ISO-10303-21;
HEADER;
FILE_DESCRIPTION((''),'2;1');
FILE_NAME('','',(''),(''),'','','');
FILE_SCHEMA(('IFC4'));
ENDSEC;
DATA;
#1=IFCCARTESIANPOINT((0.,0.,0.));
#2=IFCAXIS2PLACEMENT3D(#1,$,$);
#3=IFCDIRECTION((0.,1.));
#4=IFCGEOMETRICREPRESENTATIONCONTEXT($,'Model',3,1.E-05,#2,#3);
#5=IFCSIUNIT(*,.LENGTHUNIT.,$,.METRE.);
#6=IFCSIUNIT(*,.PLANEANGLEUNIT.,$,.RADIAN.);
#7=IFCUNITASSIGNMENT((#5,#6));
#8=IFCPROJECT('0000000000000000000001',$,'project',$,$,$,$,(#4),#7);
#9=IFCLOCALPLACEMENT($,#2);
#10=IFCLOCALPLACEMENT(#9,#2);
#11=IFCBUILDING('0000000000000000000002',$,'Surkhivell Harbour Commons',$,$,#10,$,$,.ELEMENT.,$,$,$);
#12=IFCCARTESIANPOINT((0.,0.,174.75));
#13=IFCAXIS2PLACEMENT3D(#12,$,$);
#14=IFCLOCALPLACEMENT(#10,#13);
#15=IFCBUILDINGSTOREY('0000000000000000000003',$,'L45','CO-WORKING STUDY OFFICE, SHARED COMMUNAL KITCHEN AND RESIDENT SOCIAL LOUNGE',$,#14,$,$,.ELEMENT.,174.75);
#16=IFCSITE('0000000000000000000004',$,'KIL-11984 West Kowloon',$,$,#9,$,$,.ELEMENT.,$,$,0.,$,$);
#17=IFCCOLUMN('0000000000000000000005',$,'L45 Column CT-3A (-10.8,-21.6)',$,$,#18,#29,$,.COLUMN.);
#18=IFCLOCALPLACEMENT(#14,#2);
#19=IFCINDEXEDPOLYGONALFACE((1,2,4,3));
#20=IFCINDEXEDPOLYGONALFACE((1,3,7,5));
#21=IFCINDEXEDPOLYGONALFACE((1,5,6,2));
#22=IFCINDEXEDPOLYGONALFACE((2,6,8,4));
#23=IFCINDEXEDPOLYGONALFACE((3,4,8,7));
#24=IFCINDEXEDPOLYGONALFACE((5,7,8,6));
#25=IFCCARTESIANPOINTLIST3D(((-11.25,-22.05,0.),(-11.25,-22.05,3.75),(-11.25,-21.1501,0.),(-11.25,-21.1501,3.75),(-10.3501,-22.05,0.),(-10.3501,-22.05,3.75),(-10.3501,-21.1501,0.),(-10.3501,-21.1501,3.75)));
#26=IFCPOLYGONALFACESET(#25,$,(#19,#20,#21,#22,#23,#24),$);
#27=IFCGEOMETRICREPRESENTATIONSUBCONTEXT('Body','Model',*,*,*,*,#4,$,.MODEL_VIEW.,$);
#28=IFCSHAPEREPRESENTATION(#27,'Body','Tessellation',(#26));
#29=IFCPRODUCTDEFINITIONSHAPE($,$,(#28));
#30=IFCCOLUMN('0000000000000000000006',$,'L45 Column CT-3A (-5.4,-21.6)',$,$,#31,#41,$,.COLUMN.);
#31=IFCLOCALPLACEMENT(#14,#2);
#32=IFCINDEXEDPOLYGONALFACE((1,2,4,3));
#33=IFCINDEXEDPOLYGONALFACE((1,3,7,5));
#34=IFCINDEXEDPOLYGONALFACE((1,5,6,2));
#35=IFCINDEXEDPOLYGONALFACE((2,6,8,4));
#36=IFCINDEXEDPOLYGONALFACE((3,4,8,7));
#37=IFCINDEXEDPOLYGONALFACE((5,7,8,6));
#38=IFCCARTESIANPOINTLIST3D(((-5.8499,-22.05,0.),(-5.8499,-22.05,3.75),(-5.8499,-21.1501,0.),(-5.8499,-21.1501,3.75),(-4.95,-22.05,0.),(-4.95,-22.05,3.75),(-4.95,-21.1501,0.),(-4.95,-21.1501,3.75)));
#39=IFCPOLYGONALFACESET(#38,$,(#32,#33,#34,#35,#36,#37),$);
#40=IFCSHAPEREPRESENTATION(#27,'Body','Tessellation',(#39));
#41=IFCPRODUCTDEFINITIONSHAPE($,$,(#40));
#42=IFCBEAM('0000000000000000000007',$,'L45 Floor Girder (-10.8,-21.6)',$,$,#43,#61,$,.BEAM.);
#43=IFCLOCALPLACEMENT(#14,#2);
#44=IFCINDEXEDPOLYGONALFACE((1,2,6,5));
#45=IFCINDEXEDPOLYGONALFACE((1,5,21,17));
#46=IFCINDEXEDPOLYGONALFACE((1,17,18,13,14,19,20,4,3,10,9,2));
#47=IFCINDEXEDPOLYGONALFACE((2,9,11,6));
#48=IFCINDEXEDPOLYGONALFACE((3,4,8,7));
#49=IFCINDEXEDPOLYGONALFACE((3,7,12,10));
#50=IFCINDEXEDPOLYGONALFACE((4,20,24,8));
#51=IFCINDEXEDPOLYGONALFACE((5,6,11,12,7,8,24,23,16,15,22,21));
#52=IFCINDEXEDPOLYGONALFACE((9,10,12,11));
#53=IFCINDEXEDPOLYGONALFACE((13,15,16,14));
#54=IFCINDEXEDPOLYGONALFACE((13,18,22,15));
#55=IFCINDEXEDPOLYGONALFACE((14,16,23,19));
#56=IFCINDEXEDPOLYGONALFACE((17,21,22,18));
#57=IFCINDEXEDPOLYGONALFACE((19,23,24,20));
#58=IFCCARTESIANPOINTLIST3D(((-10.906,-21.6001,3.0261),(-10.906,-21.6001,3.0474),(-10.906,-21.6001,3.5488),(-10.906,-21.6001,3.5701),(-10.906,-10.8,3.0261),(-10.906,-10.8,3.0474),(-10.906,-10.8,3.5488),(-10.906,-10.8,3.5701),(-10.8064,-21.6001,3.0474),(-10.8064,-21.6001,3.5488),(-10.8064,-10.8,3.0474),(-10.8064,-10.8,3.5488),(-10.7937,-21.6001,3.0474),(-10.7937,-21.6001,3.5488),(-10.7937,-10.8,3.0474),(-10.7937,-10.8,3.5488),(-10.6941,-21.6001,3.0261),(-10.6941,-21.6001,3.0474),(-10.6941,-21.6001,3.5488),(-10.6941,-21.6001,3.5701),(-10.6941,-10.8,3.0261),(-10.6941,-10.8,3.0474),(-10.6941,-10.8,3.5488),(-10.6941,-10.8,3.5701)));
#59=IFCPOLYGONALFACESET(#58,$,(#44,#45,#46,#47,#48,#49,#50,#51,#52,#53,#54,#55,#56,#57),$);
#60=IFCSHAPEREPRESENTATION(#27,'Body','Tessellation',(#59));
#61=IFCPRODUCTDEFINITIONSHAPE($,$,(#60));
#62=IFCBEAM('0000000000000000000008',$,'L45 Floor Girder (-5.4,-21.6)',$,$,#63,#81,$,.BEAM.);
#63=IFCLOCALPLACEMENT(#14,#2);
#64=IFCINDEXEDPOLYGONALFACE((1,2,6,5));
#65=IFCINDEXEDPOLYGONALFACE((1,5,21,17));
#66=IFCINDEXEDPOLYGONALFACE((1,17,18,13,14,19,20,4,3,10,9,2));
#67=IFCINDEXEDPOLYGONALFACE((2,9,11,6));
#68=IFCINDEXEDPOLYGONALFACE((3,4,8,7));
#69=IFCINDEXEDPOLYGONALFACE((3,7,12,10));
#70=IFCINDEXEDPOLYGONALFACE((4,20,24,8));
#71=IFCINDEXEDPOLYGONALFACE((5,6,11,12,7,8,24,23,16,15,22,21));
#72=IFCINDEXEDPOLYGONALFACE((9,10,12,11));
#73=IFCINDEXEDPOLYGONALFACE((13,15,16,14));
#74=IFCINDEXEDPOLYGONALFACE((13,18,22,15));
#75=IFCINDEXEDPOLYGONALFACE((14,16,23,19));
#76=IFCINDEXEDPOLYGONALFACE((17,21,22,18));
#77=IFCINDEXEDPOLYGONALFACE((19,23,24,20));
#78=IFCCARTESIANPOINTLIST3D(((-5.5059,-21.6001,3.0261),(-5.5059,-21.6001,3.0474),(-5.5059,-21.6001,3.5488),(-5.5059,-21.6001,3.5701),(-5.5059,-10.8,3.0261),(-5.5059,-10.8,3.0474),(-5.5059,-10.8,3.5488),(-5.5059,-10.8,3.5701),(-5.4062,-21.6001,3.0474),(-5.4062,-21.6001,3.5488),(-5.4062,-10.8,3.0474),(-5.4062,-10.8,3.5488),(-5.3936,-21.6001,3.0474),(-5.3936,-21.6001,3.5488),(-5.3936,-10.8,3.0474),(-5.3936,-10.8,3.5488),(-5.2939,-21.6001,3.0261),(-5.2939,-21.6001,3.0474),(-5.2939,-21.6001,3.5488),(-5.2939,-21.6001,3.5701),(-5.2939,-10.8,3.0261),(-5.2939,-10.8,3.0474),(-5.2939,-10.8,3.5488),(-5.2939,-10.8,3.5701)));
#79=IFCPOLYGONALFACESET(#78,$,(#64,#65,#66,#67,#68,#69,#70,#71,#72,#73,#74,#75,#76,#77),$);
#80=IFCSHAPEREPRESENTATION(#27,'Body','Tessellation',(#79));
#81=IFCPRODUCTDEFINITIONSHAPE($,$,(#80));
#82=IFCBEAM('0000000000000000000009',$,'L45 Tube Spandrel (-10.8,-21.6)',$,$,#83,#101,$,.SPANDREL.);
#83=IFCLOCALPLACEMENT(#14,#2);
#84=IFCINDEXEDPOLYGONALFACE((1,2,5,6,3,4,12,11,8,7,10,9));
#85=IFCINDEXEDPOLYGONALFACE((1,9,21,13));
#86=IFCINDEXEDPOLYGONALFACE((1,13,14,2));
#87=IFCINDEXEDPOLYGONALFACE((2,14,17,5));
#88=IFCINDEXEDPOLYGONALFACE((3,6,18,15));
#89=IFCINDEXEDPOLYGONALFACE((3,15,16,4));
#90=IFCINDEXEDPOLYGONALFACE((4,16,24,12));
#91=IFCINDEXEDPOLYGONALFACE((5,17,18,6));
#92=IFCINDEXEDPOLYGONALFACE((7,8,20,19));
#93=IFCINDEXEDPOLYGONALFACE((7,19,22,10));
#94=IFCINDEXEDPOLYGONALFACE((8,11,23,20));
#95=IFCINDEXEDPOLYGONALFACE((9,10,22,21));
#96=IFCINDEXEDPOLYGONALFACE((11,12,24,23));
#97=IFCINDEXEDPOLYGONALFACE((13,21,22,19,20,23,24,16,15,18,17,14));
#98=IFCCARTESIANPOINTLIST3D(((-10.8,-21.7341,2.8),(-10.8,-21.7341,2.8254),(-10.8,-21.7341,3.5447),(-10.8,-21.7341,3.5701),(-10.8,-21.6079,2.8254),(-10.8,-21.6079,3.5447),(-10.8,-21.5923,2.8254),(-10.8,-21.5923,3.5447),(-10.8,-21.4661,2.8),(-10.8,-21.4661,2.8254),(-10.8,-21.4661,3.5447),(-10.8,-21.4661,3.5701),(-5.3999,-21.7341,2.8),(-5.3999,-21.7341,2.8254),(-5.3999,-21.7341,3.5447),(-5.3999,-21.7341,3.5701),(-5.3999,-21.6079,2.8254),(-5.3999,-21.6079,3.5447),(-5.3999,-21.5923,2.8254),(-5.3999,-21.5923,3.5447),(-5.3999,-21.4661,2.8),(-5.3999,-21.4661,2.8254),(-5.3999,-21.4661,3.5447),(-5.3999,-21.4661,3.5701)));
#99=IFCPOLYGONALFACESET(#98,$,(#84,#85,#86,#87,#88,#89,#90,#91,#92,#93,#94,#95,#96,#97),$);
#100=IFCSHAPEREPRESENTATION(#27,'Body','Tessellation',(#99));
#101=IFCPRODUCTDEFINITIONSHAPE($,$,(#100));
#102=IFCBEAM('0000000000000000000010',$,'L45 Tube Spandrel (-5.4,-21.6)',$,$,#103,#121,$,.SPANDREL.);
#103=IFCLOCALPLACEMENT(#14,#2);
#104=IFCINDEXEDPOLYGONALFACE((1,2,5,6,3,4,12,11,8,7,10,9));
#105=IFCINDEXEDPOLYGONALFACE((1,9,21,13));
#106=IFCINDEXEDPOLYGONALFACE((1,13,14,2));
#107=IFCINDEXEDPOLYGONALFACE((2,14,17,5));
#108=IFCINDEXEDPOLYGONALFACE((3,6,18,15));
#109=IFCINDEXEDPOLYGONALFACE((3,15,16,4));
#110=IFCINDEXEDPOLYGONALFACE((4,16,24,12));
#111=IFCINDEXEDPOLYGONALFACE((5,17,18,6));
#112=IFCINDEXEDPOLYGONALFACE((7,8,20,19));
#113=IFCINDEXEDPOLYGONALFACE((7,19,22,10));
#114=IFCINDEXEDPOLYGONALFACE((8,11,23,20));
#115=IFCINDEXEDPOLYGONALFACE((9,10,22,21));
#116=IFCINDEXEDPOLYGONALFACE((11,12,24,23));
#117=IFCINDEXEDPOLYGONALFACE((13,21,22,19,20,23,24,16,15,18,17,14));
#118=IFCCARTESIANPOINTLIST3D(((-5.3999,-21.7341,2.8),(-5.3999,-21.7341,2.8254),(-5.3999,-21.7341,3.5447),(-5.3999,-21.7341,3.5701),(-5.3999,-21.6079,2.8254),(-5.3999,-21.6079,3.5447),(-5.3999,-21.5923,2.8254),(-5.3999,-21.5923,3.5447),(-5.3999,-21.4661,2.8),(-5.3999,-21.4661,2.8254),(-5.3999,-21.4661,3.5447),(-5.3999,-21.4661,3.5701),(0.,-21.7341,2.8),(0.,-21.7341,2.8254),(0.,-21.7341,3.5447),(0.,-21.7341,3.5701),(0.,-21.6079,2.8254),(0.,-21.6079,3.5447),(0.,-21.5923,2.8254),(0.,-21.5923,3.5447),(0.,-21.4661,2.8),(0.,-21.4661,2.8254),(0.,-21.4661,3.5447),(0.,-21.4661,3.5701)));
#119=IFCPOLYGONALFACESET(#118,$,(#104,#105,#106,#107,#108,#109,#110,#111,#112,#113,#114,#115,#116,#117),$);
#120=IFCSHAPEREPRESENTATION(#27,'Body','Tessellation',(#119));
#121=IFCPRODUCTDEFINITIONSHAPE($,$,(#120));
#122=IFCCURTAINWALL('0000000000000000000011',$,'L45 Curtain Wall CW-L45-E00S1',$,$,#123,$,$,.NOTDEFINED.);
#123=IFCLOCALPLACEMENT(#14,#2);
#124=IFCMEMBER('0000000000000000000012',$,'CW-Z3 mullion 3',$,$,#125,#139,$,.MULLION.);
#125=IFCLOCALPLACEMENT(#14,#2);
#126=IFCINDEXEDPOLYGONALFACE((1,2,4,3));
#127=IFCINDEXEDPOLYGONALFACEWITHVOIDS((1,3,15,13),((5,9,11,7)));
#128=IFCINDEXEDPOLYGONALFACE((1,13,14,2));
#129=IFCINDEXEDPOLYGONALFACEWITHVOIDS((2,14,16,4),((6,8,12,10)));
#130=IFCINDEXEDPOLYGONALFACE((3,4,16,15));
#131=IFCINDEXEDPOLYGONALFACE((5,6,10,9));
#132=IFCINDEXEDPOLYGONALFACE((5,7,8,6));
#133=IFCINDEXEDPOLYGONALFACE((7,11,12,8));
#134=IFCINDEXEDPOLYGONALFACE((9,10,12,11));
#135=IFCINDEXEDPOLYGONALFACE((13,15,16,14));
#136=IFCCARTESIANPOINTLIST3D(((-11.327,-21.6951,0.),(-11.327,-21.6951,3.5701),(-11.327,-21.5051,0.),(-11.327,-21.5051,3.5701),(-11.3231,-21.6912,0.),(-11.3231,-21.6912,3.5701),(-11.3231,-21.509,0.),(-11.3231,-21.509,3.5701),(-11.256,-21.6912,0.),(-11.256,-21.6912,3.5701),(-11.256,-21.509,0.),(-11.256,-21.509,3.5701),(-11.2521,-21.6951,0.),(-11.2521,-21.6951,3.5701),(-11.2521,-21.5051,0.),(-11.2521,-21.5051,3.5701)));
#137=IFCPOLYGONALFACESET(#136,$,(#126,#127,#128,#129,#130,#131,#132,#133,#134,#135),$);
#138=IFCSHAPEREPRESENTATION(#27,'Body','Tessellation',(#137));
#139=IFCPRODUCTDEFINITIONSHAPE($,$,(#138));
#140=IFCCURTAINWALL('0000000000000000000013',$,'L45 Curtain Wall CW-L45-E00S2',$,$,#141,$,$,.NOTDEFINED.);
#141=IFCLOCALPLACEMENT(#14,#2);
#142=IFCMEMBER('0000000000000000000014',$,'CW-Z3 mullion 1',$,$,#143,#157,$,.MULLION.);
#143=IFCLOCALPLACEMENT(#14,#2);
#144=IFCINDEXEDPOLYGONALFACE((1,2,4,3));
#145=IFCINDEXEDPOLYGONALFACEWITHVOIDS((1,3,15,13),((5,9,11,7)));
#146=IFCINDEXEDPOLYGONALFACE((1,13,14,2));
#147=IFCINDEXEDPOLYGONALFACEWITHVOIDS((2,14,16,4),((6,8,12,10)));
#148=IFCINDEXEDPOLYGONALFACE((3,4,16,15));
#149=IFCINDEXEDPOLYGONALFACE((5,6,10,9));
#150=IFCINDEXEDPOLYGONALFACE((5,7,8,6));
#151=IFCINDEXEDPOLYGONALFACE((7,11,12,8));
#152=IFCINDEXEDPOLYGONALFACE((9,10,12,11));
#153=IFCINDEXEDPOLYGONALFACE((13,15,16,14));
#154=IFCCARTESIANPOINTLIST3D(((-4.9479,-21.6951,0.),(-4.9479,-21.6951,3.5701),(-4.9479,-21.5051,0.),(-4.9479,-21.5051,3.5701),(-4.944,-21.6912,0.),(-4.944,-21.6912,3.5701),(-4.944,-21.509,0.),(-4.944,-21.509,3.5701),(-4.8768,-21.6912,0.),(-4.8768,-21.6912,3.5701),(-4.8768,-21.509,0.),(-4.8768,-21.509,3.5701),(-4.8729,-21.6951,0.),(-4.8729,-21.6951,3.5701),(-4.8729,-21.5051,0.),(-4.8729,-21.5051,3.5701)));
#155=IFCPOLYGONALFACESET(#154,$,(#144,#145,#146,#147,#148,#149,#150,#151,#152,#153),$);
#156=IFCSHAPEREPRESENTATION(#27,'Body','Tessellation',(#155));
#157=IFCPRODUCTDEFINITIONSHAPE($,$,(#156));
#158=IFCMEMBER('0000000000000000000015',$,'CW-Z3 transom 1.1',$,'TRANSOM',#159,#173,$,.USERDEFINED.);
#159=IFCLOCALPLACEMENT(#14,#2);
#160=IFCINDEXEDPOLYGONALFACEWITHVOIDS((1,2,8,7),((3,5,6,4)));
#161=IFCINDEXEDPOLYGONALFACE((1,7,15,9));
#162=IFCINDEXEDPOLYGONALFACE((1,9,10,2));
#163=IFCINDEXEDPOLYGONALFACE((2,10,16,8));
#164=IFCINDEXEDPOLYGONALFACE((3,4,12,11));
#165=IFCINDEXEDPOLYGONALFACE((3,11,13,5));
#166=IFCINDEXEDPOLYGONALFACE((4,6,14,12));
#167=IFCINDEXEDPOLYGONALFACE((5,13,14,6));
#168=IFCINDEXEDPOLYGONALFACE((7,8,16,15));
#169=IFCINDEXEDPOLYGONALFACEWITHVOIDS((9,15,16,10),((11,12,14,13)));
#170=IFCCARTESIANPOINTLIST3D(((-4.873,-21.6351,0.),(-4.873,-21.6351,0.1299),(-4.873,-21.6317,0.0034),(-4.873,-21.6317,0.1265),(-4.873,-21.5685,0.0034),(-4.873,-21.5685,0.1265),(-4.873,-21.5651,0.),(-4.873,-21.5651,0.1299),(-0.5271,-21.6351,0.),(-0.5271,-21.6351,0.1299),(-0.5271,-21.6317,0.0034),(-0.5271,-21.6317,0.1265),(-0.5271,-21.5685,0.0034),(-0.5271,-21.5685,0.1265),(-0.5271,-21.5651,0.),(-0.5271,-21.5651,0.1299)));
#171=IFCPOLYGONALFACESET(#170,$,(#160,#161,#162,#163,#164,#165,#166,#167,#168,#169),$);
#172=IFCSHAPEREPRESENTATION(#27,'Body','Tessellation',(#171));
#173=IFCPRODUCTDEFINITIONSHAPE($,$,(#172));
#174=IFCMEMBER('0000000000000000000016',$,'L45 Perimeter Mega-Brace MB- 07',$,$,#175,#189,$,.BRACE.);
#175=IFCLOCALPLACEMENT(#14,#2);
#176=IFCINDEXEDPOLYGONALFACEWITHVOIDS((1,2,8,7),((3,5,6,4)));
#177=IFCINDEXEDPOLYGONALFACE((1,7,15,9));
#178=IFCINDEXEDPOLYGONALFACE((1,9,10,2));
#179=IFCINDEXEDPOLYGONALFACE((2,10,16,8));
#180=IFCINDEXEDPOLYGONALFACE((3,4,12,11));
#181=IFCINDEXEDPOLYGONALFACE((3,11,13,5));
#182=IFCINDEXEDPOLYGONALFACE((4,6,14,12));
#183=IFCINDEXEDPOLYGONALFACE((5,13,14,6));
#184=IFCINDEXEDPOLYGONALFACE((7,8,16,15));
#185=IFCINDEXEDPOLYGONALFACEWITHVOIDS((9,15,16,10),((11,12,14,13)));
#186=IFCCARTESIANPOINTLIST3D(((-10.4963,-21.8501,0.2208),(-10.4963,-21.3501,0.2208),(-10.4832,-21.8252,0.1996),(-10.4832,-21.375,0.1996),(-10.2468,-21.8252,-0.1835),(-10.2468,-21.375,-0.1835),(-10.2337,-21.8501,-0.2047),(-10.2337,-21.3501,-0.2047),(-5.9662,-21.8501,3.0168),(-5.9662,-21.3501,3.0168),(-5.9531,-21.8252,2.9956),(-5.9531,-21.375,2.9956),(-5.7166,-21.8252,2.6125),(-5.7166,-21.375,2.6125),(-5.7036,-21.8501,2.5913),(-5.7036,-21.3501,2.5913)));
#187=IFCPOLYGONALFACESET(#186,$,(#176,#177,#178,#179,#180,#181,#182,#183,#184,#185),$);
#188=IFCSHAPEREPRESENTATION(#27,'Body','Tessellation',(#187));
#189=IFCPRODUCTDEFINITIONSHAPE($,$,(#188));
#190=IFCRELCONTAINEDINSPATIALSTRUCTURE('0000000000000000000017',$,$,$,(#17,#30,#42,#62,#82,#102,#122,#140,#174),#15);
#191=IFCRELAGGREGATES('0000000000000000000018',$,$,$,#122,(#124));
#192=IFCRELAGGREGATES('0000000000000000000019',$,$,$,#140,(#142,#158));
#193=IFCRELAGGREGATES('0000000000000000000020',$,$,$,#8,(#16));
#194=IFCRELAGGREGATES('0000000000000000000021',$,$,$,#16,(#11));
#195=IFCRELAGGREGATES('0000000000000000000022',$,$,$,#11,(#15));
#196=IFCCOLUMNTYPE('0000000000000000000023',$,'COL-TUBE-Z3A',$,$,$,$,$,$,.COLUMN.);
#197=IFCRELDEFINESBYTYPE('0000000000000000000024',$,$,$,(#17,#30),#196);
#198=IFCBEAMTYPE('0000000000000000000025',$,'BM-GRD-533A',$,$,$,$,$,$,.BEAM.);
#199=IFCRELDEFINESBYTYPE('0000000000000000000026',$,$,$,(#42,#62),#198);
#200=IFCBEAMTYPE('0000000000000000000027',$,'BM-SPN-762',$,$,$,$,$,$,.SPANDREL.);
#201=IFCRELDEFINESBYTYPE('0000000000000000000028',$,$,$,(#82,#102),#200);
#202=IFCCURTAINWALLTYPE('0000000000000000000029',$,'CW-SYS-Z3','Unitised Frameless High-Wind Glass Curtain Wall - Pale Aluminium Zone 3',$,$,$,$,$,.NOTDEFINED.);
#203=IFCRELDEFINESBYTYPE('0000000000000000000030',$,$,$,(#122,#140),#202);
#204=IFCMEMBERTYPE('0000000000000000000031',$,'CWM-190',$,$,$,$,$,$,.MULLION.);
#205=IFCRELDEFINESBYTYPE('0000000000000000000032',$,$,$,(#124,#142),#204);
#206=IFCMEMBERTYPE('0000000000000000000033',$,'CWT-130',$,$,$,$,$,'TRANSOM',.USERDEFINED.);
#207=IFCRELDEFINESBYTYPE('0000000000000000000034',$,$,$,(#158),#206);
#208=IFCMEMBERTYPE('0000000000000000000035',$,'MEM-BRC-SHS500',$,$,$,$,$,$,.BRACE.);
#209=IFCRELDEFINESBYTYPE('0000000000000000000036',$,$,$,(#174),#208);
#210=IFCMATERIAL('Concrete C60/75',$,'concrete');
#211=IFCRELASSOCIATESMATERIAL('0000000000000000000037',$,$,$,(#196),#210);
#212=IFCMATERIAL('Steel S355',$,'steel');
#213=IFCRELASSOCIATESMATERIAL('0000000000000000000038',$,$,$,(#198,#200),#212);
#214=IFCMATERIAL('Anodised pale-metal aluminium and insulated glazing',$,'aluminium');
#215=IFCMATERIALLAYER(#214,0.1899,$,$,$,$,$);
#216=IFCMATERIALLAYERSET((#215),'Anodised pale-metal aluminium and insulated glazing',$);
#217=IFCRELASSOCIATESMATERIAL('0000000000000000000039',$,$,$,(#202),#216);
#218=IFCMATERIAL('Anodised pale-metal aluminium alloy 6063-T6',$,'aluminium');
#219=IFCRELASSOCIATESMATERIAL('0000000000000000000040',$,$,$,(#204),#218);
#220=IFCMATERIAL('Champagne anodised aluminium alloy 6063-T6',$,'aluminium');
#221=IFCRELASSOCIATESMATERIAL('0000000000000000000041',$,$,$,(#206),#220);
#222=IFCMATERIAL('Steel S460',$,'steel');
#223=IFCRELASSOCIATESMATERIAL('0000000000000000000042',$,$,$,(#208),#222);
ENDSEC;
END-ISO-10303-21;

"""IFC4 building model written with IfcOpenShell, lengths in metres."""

from ifc_helpers import new_model, si_unit, direction, frame, origin, origin_2d, place, context, subcontext, project, spatial, rectangle, hollow_rectangle, i_section, extrude, material, layer, layer_set, material_profile, profile_set, type_object, element, aggregate, save


model = new_model("IFC4")

# Units and contexts
model_context = context("Model", 3, precision=1e-05, world=origin(), true_north=direction((0.0, 1.0)))
body_context = subcontext(model_context, "Body", "Model", "MODEL_VIEW")
ifc_project = project(units=[si_unit("LENGTHUNIT", "METRE"), si_unit("PLANEANGLEUNIT", "RADIAN")], contexts=[model_context])

# Site, building, storey
site_placement = place(None, origin())
site = spatial("IfcSite", under=ifc_project, at=site_placement, Name="KIL-11984 West Kowloon", CompositionType="ELEMENT", RefElevation=0.0)
building_placement = place(site_placement, origin())
building = spatial("IfcBuilding", under=site, at=building_placement, Name="Surkhivell Harbour Commons", CompositionType="ELEMENT")
storey_placement = place(building_placement, frame((0.0, 0.0, 174.75)))
storey = spatial("IfcBuildingStorey", under=building, at=storey_placement, Name="L45", Description="CO-WORKING STUDY OFFICE, SHARED COMMUNAL KITCHEN AND RESIDENT SOCIAL LOUNGE", CompositionType="ELEMENT", Elevation=174.75)

# Columns
ifc_material_1 = material(Name="Concrete C60/75", Category="concrete")
ifc_material_profile_1 = material_profile(ifc_material_1, rectangle(XDim=0.8999, YDim=0.8999, at=origin_2d()), Name="RC-COL-900x900")
ifc_profile_set_1 = profile_set([ifc_material_profile_1], Name="Concrete C60/75")
column_type = type_object("IfcColumnType", Name="COL-TUBE-Z3A", PredefinedType="COLUMN", material=ifc_profile_set_1)
for number, where, z_axis, x_axis, name in (
    (1, (-10.8, -21.6001, 0.0), (0.0, 0.0, 1.0), (1.0, 0.0, 0.0), "L45 Column CT-3A (-10.8,-21.6)"),
    (2, (-5.3999, -21.6001, 0.0), (0.0, 0.0, 1.0), (1.0, 0.0, 0.0), "L45 Column CT-3A (-5.4,-21.6)"),
):
    element("IfcColumn", number, at=place(storey_placement, frame(where, z_axis=z_axis, x_axis=x_axis)), inside=storey, type_object=column_type, Name=name, PredefinedType="COLUMN", context=body_context, shape_type="SweptSolid", body=[
        extrude(rectangle(XDim=0.8999, YDim=0.8999, at=origin_2d()), origin(), (0.0, 0.0, 1.0), 3.75),
    ])

# Beams
ifc_material_2 = material(Name="Steel S355", Category="steel")
ifc_material_profile_2 = material_profile(ifc_material_2, i_section(OverallWidth=0.2119, OverallDepth=0.5439, WebThickness=0.0127, FlangeThickness=0.0212, at=origin_2d()), Name="UB533x210x122")
ifc_profile_set_2 = profile_set([ifc_material_profile_2], Name="Steel S355")
beam_type_1 = type_object("IfcBeamType", Name="BM-GRD-533A", PredefinedType="BEAM", material=ifc_profile_set_2)
for number, where, z_axis, x_axis, name in (
    (3, (-10.8, -21.6001, 3.2981), (0.0, 1.0, 0.0), (-1.0, 0.0, 0.0), "L45 Floor Girder (-10.8,-21.6)"),
    (4, (-5.3999, -21.6001, 3.2981), (0.0, 1.0, 0.0), (-1.0, 0.0, 0.0), "L45 Floor Girder (-5.4,-21.6)"),
):
    element("IfcBeam", number, at=place(storey_placement, frame(where, z_axis=z_axis, x_axis=x_axis)), inside=storey, type_object=beam_type_1, Name=name, PredefinedType="BEAM", context=body_context, shape_type="SweptSolid", body=[
        extrude(i_section(OverallWidth=0.2119, OverallDepth=0.5439, WebThickness=0.0127, FlangeThickness=0.0212, at=origin_2d()), origin(), (0.0, 0.0, 1.0), 10.8),
    ])
ifc_material_profile_3 = material_profile(ifc_material_2, i_section(OverallWidth=0.2681, OverallDepth=0.77, WebThickness=0.0156, FlangeThickness=0.0254, at=origin_2d()), Name="UB762x267x197")
ifc_profile_set_3 = profile_set([ifc_material_profile_3], Name="Steel S355")
beam_type_2 = type_object("IfcBeamType", Name="BM-SPN-762", PredefinedType="SPANDREL", material=ifc_profile_set_3)
beam_1_placement = place(storey_placement, frame((-10.8, -21.6001, 3.1851), z_axis=(1.0, 0.0, 0.0), x_axis=(0.0, 1.0, 0.0)))
element("IfcBeam", 5, at=beam_1_placement, inside=storey, type_object=beam_type_2, Name="L45 Tube Spandrel (-10.8,-21.6)", PredefinedType="SPANDREL", context=body_context, shape_type="SweptSolid", body=[
    extrude(i_section(OverallWidth=0.2681, OverallDepth=0.77, WebThickness=0.0156, FlangeThickness=0.0254, at=origin_2d()), origin(), (0.0, 0.0, 1.0), 5.4001),
])
beam_2_placement = place(storey_placement, frame((-5.3999, -21.6001, 3.1851), z_axis=(1.0, 0.0, 0.0), x_axis=(0.0, 1.0, 0.0)))
element("IfcBeam", 6, at=beam_2_placement, inside=storey, type_object=beam_type_2, Name="L45 Tube Spandrel (-5.4,-21.6)", PredefinedType="SPANDREL", context=body_context, shape_type="SweptSolid", body=[
    extrude(i_section(OverallWidth=0.2681, OverallDepth=0.77, WebThickness=0.0156, FlangeThickness=0.0254, at=origin_2d()), origin(), (0.0, 0.0, 1.0), 5.3999),
])

# Curtain wall, member
ifc_material_3 = material(Name="Anodised pale-metal aluminium and insulated glazing", Category="aluminium")
ifc_layer_1 = layer(ifc_material_3, 0.1899)
ifc_layer_set_1 = layer_set([ifc_layer_1], Name="Anodised pale-metal aluminium and insulated glazing")
curtain_wall_type = type_object("IfcCurtainWallType", Name="CW-SYS-Z3", Description="Unitised Frameless High-Wind Glass Curtain Wall - Pale Aluminium Zone 3", PredefinedType="NOTDEFINED", material=ifc_layer_set_1)
curtain_wall_1_placement = place(storey_placement, origin())
curtain_wall_1 = element("IfcCurtainWall", 7, at=curtain_wall_1_placement, inside=storey, type_object=curtain_wall_type, Name="L45 Curtain Wall CW-L45-E00S1", PredefinedType="NOTDEFINED")
ifc_material_4 = material(Name="Anodised pale-metal aluminium alloy 6063-T6", Category="aluminium")
ifc_material_profile_4 = material_profile(ifc_material_4, hollow_rectangle(XDim=0.075, YDim=0.1899, WallThickness=0.0039, at=origin_2d()), Name="ALU-MULL-75x190")
ifc_profile_set_4 = profile_set([ifc_material_profile_4], Name="Anodised pale-metal aluminium alloy 6063-T6")
member_type_1 = type_object("IfcMemberType", Name="CWM-190", PredefinedType="MULLION", material=ifc_profile_set_4)
member_1_placement = place(storey_placement, frame((-11.2896, -21.6001, 0.0), z_axis=(0.0, 0.0, 1.0), x_axis=(1.0, 0.0, 0.0)))
member_1 = element("IfcMember", 8, at=member_1_placement, type_object=member_type_1, Name="CW-Z3 mullion 3", PredefinedType="MULLION", context=body_context, shape_type="SweptSolid", body=[
    extrude(hollow_rectangle(XDim=0.075, YDim=0.1899, WallThickness=0.0039, at=origin_2d()), origin(), (0.0, 0.0, 1.0), 3.5701),
])
aggregate(curtain_wall_1, [member_1])

# Curtain wall, members
curtain_wall_2_placement = place(storey_placement, origin())
curtain_wall_2 = element("IfcCurtainWall", 9, at=curtain_wall_2_placement, inside=storey, type_object=curtain_wall_type, Name="L45 Curtain Wall CW-L45-E00S2", PredefinedType="NOTDEFINED")
member_2_placement = place(storey_placement, frame((-4.9104, -21.6001, 0.0), z_axis=(0.0, 0.0, 1.0), x_axis=(1.0, 0.0, 0.0)))
member_2 = element("IfcMember", 10, at=member_2_placement, type_object=member_type_1, Name="CW-Z3 mullion 1", PredefinedType="MULLION", context=body_context, shape_type="SweptSolid", body=[
    extrude(hollow_rectangle(XDim=0.075, YDim=0.1899, WallThickness=0.0039, at=origin_2d()), origin(), (0.0, 0.0, 1.0), 3.5701),
])
ifc_material_5 = material(Name="Champagne anodised aluminium alloy 6063-T6", Category="aluminium")
ifc_material_profile_5 = material_profile(ifc_material_5, hollow_rectangle(XDim=0.0701, YDim=0.1299, WallThickness=0.0034, at=origin_2d()), Name="ALU-TRAN-70x130")
ifc_profile_set_5 = profile_set([ifc_material_profile_5], Name="Champagne anodised aluminium alloy 6063-T6")
member_type_2 = type_object("IfcMemberType", Name="CWT-130", ElementType="TRANSOM", PredefinedType="USERDEFINED", material=ifc_profile_set_5)
member_3_placement = place(storey_placement, frame((-4.873, -21.6001, 0.0649), z_axis=(1.0, 0.0, 0.0), x_axis=(0.0, 1.0, 0.0)))
member_3 = element("IfcMember", 11, at=member_3_placement, type_object=member_type_2, Name="CW-Z3 transom 1.1", ObjectType="TRANSOM", PredefinedType="USERDEFINED", context=body_context, shape_type="SweptSolid", body=[
    extrude(hollow_rectangle(XDim=0.0701, YDim=0.1299, WallThickness=0.0034, at=origin_2d()), origin(), (0.0, 0.0, 1.0), 4.3459),
])

# Member
ifc_material_6 = material(Name="Steel S460", Category="steel")
ifc_material_profile_6 = material_profile(ifc_material_6, hollow_rectangle(XDim=0.5, YDim=0.5, WallThickness=0.0249, at=origin_2d()), Name="SHS500x500x25")
ifc_profile_set_6 = profile_set([ifc_material_profile_6], Name="Steel S460")
member_type_3 = type_object("IfcMemberType", Name="MEM-BRC-SHS500", PredefinedType="BRACE", material=ifc_profile_set_6)
member_4_placement = place(storey_placement, frame((-10.365, -21.6001, 0.0081), z_axis=(0.850971, 0.0, 0.525213), x_axis=(0.0, 1.0, 0.0)))
element("IfcMember", 12, at=member_4_placement, inside=storey, type_object=member_type_3, Name="L45 Perimeter Mega-Brace MB- 07", PredefinedType="BRACE", context=body_context, shape_type="SweptSolid", body=[
    extrude(hollow_rectangle(XDim=0.5, YDim=0.5, WallThickness=0.0249, at=origin_2d()), origin(), (0.0, 0.0, 1.0), 5.3235),
])

aggregate(curtain_wall_2, [member_2, member_3])

save(model, "model.ifc")
